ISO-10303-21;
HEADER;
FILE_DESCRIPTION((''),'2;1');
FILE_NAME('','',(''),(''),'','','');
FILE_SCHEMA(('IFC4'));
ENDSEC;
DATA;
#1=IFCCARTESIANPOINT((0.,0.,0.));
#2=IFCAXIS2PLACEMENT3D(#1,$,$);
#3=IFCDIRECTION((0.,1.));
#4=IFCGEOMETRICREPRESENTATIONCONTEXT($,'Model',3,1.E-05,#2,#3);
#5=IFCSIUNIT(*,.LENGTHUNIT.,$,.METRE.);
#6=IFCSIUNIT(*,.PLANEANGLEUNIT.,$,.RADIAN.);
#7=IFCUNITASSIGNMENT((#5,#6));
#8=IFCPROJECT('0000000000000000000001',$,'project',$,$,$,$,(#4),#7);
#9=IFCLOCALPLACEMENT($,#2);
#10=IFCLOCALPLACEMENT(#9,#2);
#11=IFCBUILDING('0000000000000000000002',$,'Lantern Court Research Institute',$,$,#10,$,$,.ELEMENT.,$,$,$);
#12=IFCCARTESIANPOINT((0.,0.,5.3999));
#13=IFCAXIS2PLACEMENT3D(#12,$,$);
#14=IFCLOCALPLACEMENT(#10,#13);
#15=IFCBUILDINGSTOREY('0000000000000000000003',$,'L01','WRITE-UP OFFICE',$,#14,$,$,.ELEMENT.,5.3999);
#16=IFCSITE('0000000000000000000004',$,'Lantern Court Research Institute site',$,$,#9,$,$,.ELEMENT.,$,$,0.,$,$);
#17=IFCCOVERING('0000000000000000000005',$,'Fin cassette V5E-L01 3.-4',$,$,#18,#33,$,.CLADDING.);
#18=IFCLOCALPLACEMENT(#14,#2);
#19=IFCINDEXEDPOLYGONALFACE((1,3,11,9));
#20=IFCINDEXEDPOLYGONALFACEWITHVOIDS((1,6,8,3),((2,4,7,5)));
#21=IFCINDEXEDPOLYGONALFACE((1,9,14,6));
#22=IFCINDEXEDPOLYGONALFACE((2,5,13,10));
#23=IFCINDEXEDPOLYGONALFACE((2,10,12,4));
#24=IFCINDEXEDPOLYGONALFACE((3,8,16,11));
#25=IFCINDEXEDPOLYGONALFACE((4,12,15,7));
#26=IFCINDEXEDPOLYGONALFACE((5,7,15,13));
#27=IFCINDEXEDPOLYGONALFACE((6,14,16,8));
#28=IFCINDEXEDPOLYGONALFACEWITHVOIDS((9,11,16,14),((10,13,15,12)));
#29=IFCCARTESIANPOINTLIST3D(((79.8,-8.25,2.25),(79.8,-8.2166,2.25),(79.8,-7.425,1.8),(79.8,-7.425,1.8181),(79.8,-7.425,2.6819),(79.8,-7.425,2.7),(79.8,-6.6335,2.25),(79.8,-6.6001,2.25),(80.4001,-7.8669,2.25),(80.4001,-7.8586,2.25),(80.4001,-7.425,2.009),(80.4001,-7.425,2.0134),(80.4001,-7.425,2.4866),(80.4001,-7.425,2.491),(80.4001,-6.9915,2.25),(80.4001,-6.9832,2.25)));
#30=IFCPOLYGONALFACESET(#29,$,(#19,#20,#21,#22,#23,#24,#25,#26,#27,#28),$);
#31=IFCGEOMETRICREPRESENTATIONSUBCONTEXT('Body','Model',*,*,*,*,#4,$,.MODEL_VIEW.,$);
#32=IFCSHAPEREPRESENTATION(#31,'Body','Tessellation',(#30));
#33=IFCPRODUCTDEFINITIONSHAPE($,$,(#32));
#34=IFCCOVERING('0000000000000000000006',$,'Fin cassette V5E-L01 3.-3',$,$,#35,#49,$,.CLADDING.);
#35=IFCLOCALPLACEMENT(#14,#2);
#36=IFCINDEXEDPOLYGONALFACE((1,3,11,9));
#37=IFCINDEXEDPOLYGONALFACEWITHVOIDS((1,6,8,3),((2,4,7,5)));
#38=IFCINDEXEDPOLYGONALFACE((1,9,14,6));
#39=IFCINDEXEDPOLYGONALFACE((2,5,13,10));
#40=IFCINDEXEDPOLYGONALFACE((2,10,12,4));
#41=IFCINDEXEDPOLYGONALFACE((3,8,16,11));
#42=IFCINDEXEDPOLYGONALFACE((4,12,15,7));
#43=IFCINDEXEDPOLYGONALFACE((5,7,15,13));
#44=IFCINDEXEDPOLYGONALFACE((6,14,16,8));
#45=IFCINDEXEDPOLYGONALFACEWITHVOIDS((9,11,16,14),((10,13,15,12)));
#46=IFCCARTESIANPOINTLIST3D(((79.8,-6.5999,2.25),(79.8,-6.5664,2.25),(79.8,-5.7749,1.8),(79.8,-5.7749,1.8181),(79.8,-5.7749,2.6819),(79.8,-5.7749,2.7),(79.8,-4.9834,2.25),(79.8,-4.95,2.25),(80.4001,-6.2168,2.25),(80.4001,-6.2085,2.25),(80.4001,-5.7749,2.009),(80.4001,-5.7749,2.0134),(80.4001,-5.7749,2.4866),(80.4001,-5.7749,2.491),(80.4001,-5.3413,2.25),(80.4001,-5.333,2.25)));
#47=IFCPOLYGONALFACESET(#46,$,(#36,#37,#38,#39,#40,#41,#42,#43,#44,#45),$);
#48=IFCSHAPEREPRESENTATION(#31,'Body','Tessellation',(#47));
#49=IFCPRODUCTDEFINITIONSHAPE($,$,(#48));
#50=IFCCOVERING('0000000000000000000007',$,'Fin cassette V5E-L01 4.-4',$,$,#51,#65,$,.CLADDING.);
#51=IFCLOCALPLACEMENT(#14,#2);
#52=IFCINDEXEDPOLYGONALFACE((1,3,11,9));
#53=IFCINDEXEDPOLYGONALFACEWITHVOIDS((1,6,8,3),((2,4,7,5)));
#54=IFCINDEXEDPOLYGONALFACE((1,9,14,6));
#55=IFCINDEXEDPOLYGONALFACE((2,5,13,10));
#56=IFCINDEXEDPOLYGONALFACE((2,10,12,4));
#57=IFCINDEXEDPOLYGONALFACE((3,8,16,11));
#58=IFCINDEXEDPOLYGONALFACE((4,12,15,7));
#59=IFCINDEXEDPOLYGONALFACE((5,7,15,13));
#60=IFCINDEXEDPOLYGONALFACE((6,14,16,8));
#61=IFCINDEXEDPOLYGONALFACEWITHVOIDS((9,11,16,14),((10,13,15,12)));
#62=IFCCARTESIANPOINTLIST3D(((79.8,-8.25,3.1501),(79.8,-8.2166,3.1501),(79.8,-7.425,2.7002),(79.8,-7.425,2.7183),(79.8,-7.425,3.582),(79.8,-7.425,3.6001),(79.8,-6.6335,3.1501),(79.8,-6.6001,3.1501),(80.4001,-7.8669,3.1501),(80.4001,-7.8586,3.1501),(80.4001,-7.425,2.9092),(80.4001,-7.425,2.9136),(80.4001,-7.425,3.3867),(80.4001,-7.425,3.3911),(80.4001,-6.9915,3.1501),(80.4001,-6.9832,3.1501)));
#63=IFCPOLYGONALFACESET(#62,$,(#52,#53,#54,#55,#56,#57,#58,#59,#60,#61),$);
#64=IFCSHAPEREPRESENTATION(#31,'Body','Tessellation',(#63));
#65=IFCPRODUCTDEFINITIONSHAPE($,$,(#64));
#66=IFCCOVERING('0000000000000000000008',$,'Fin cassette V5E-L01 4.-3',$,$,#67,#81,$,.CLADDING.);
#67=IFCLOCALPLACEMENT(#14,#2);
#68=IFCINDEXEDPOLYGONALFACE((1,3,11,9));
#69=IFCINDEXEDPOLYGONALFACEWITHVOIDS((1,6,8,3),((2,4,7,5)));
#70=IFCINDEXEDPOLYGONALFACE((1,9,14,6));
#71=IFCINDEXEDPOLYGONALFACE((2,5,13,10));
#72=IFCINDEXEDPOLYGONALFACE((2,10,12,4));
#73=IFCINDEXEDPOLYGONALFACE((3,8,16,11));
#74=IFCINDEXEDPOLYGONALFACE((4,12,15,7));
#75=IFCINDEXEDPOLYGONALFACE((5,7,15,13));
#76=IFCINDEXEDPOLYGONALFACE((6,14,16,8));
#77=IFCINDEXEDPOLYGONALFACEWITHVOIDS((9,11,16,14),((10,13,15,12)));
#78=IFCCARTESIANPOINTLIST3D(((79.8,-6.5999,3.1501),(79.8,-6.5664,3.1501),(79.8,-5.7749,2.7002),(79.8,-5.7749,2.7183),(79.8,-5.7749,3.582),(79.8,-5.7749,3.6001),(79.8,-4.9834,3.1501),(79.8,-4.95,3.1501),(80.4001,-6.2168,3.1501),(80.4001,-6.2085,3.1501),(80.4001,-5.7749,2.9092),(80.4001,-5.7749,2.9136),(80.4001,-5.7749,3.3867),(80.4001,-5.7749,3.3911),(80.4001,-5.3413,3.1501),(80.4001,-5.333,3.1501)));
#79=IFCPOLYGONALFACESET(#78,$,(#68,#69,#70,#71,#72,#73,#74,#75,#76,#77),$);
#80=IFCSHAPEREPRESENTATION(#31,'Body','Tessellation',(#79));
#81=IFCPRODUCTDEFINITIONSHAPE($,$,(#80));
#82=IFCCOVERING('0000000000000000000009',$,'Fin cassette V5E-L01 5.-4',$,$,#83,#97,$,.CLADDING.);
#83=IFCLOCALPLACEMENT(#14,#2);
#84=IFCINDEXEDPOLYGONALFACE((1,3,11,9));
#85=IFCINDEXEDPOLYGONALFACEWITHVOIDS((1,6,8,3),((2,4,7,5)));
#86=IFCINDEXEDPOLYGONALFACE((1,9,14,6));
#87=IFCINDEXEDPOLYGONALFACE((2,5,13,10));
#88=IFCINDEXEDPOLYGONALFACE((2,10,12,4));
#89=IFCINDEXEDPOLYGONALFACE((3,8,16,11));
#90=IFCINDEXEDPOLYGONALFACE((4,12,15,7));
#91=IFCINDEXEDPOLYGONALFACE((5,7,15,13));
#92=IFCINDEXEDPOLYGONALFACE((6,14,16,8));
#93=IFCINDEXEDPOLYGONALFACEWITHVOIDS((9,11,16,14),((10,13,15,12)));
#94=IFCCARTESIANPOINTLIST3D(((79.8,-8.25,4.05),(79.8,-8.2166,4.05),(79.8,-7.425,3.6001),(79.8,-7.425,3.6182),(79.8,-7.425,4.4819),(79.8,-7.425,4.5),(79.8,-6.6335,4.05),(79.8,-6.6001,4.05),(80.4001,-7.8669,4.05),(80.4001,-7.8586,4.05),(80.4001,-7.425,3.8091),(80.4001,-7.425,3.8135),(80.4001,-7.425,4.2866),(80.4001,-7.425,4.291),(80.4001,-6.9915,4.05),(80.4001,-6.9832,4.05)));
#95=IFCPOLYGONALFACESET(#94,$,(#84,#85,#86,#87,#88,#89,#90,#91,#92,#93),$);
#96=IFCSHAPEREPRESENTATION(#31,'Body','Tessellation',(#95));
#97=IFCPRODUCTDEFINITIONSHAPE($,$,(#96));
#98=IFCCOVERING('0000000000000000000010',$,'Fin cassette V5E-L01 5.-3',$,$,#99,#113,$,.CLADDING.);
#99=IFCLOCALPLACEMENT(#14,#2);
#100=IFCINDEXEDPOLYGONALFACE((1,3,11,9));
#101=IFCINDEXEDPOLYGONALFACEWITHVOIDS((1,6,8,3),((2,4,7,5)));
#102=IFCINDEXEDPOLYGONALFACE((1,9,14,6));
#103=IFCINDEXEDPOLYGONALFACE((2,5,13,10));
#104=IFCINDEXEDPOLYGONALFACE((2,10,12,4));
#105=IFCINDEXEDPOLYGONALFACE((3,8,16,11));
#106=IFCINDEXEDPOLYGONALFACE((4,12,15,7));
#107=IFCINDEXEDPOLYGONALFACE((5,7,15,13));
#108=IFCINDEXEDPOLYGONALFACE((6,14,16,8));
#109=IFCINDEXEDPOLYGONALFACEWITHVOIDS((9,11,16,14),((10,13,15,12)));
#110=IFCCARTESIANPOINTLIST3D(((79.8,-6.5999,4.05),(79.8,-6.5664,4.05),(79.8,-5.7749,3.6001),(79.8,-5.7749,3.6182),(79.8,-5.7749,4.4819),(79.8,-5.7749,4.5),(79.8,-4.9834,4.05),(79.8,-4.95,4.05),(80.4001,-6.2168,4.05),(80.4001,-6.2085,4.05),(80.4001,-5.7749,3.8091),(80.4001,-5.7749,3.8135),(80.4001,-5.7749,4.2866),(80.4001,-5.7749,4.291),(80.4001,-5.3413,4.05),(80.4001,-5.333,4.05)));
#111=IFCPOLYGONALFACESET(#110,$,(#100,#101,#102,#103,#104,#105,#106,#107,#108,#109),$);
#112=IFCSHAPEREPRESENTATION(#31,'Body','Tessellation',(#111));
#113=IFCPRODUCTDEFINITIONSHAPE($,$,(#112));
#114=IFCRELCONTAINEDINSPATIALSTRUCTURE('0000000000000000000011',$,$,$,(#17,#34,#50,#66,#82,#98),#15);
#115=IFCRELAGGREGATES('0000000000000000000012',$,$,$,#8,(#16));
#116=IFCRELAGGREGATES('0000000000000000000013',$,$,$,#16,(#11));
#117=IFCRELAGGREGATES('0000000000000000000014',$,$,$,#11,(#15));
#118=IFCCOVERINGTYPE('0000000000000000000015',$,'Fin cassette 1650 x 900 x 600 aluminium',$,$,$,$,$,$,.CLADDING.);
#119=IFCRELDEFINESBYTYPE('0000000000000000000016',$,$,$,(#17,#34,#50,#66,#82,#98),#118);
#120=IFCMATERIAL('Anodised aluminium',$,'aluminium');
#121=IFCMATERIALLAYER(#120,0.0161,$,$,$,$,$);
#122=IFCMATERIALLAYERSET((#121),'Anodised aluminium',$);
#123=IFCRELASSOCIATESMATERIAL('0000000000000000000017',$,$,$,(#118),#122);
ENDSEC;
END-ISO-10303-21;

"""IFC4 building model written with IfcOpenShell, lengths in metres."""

from ifc_helpers import new_model, entity, si_unit, direction, frame, origin, place, context, subcontext, project, spatial, material, layer, layer_set, type_object, element, save


model = new_model("IFC4")

# Units and contexts
model_context = context("Model", 3, precision=1e-05, world=origin(), true_north=direction((0.0, 1.0)))
body_context = subcontext(model_context, "Body", "Model", "MODEL_VIEW")
ifc_project = project(units=[si_unit("LENGTHUNIT", "METRE"), si_unit("PLANEANGLEUNIT", "RADIAN")], contexts=[model_context])

# Site, building, storey
site_placement = place(None, origin())
site = spatial("IfcSite", under=ifc_project, at=site_placement, Name="Lantern Court Research Institute site", CompositionType="ELEMENT", RefElevation=0.0)
building_placement = place(site_placement, origin())
building = spatial("IfcBuilding", under=site, at=building_placement, Name="Lantern Court Research Institute", CompositionType="ELEMENT")
storey_placement = place(building_placement, frame((0.0, 0.0, 5.3999)))
storey = spatial("IfcBuildingStorey", under=building, at=storey_placement, Name="L01", Description="WRITE-UP OFFICE", CompositionType="ELEMENT", Elevation=5.3999)

# Coverings
ifc_material_1 = material(Name="Anodised aluminium", Category="aluminium")
ifc_layer_1 = layer(ifc_material_1, 0.0161)
ifc_layer_set_1 = layer_set([ifc_layer_1], Name="Anodised aluminium")
covering_type = type_object("IfcCoveringType", Name="Fin cassette 1650 x 900 x 600 aluminium", PredefinedType="CLADDING", material=ifc_layer_set_1)
covering_1_placement = place(storey_placement, frame((79.8, -7.425, 2.25), z_axis=(1.0, 0.0, 0.0), x_axis=(0.0, 1.0, 0.0)))
cartesian_point_1 = entity("IfcCartesianPoint", [0.825, 0.0])
cartesian_point_2 = entity("IfcCartesianPoint", [0.7915, 0.0])
cartesian_point_3 = entity("IfcCartesianPoint", [0.4419, 0.0])
cartesian_point_4 = entity("IfcCartesianPoint", [0.4336, 0.0])
element("IfcCovering", 1, at=covering_1_placement, inside=storey, type_object=covering_type, Name="Fin cassette V5E-L01 3.-4", PredefinedType="CLADDING", context=body_context, shape_type="SweptSolid", body=[
    entity("IfcExtrudedAreaSolidTapered", entity("IfcArbitraryProfileDefWithVoids", "AREA", None, entity("IfcPolyline", [cartesian_point_1, entity("IfcCartesianPoint", [0.0, 0.45]), entity("IfcCartesianPoint", [-0.825, 0.0]), entity("IfcCartesianPoint", [0.0, -0.45]), cartesian_point_1]), [entity("IfcPolyline", [cartesian_point_2, entity("IfcCartesianPoint", [0.0, 0.4319]), entity("IfcCartesianPoint", [-0.7915, 0.0]), entity("IfcCartesianPoint", [0.0, -0.4319]), cartesian_point_2])]), entity("IfcAxis2Placement3D", entity("IfcCartesianPoint", [0.0, 0.0, 0.0])), entity("IfcDirection", [0.0, 0.0, 1.0]), 0.6001, entity("IfcArbitraryProfileDefWithVoids", "AREA", None, entity("IfcPolyline", [cartesian_point_3, entity("IfcCartesianPoint", [0.0, 0.241]), entity("IfcCartesianPoint", [-0.4419, 0.0]), entity("IfcCartesianPoint", [0.0, -0.241]), cartesian_point_3]), [entity("IfcPolyline", [cartesian_point_4, entity("IfcCartesianPoint", [0.0, 0.2366]), entity("IfcCartesianPoint", [-0.4336, 0.0]), entity("IfcCartesianPoint", [0.0, -0.2366]), cartesian_point_4])])),
])
covering_2_placement = place(storey_placement, frame((79.8, -5.7749, 2.25), z_axis=(1.0, 0.0, 0.0), x_axis=(0.0, 1.0, 0.0)))
cartesian_point_5 = entity("IfcCartesianPoint", [0.825, 0.0])
cartesian_point_6 = entity("IfcCartesianPoint", [0.7915, 0.0])
cartesian_point_7 = entity("IfcCartesianPoint", [0.4419, 0.0])
cartesian_point_8 = entity("IfcCartesianPoint", [0.4336, 0.0])
element("IfcCovering", 2, at=covering_2_placement, inside=storey, type_object=covering_type, Name="Fin cassette V5E-L01 3.-3", PredefinedType="CLADDING", context=body_context, shape_type="SweptSolid", body=[
    entity("IfcExtrudedAreaSolidTapered", entity("IfcArbitraryProfileDefWithVoids", "AREA", None, entity("IfcPolyline", [cartesian_point_5, entity("IfcCartesianPoint", [0.0, 0.45]), entity("IfcCartesianPoint", [-0.825, 0.0]), entity("IfcCartesianPoint", [0.0, -0.45]), cartesian_point_5]), [entity("IfcPolyline", [cartesian_point_6, entity("IfcCartesianPoint", [0.0, 0.4319]), entity("IfcCartesianPoint", [-0.7915, 0.0]), entity("IfcCartesianPoint", [0.0, -0.4319]), cartesian_point_6])]), entity("IfcAxis2Placement3D", entity("IfcCartesianPoint", [0.0, 0.0, 0.0])), entity("IfcDirection", [0.0, 0.0, 1.0]), 0.6001, entity("IfcArbitraryProfileDefWithVoids", "AREA", None, entity("IfcPolyline", [cartesian_point_7, entity("IfcCartesianPoint", [0.0, 0.241]), entity("IfcCartesianPoint", [-0.4419, 0.0]), entity("IfcCartesianPoint", [0.0, -0.241]), cartesian_point_7]), [entity("IfcPolyline", [cartesian_point_8, entity("IfcCartesianPoint", [0.0, 0.2366]), entity("IfcCartesianPoint", [-0.4336, 0.0]), entity("IfcCartesianPoint", [0.0, -0.2366]), cartesian_point_8])])),
])
covering_3_placement = place(storey_placement, frame((79.8, -7.425, 3.1501), z_axis=(1.0, 0.0, 0.0), x_axis=(0.0, 1.0, 0.0)))
cartesian_point_9 = entity("IfcCartesianPoint", [0.825, 0.0])
cartesian_point_10 = entity("IfcCartesianPoint", [0.7915, 0.0])
cartesian_point_11 = entity("IfcCartesianPoint", [0.4419, 0.0])
cartesian_point_12 = entity("IfcCartesianPoint", [0.4336, 0.0])
element("IfcCovering", 3, at=covering_3_placement, inside=storey, type_object=covering_type, Name="Fin cassette V5E-L01 4.-4", PredefinedType="CLADDING", context=body_context, shape_type="SweptSolid", body=[
    entity("IfcExtrudedAreaSolidTapered", entity("IfcArbitraryProfileDefWithVoids", "AREA", None, entity("IfcPolyline", [cartesian_point_9, entity("IfcCartesianPoint", [0.0, 0.45]), entity("IfcCartesianPoint", [-0.825, 0.0]), entity("IfcCartesianPoint", [0.0, -0.45]), cartesian_point_9]), [entity("IfcPolyline", [cartesian_point_10, entity("IfcCartesianPoint", [0.0, 0.4319]), entity("IfcCartesianPoint", [-0.7915, 0.0]), entity("IfcCartesianPoint", [0.0, -0.4319]), cartesian_point_10])]), entity("IfcAxis2Placement3D", entity("IfcCartesianPoint", [0.0, 0.0, 0.0])), entity("IfcDirection", [0.0, 0.0, 1.0]), 0.6001, entity("IfcArbitraryProfileDefWithVoids", "AREA", None, entity("IfcPolyline", [cartesian_point_11, entity("IfcCartesianPoint", [0.0, 0.241]), entity("IfcCartesianPoint", [-0.4419, 0.0]), entity("IfcCartesianPoint", [0.0, -0.241]), cartesian_point_11]), [entity("IfcPolyline", [cartesian_point_12, entity("IfcCartesianPoint", [0.0, 0.2366]), entity("IfcCartesianPoint", [-0.4336, 0.0]), entity("IfcCartesianPoint", [0.0, -0.2366]), cartesian_point_12])])),
])
covering_4_placement = place(storey_placement, frame((79.8, -5.7749, 3.1501), z_axis=(1.0, 0.0, 0.0), x_axis=(0.0, 1.0, 0.0)))
cartesian_point_13 = entity("IfcCartesianPoint", [0.825, 0.0])
cartesian_point_14 = entity("IfcCartesianPoint", [0.7915, 0.0])
cartesian_point_15 = entity("IfcCartesianPoint", [0.4419, 0.0])
cartesian_point_16 = entity("IfcCartesianPoint", [0.4336, 0.0])
element("IfcCovering", 4, at=covering_4_placement, inside=storey, type_object=covering_type, Name="Fin cassette V5E-L01 4.-3", PredefinedType="CLADDING", context=body_context, shape_type="SweptSolid", body=[
    entity("IfcExtrudedAreaSolidTapered", entity("IfcArbitraryProfileDefWithVoids", "AREA", None, entity("IfcPolyline", [cartesian_point_13, entity("IfcCartesianPoint", [0.0, 0.45]), entity("IfcCartesianPoint", [-0.825, 0.0]), entity("IfcCartesianPoint", [0.0, -0.45]), cartesian_point_13]), [entity("IfcPolyline", [cartesian_point_14, entity("IfcCartesianPoint", [0.0, 0.4319]), entity("IfcCartesianPoint", [-0.7915, 0.0]), entity("IfcCartesianPoint", [0.0, -0.4319]), cartesian_point_14])]), entity("IfcAxis2Placement3D", entity("IfcCartesianPoint", [0.0, 0.0, 0.0])), entity("IfcDirection", [0.0, 0.0, 1.0]), 0.6001, entity("IfcArbitraryProfileDefWithVoids", "AREA", None, entity("IfcPolyline", [cartesian_point_15, entity("IfcCartesianPoint", [0.0, 0.241]), entity("IfcCartesianPoint", [-0.4419, 0.0]), entity("IfcCartesianPoint", [0.0, -0.241]), cartesian_point_15]), [entity("IfcPolyline", [cartesian_point_16, entity("IfcCartesianPoint", [0.0, 0.2366]), entity("IfcCartesianPoint", [-0.4336, 0.0]), entity("IfcCartesianPoint", [0.0, -0.2366]), cartesian_point_16])])),
])
covering_5_placement = place(storey_placement, frame((79.8, -7.425, 4.05), z_axis=(1.0, 0.0, 0.0), x_axis=(0.0, 1.0, 0.0)))
cartesian_point_17 = entity("IfcCartesianPoint", [0.825, 0.0])
cartesian_point_18 = entity("IfcCartesianPoint", [0.7915, 0.0])
cartesian_point_19 = entity("IfcCartesianPoint", [0.4419, 0.0])
cartesian_point_20 = entity("IfcCartesianPoint", [0.4336, 0.0])
element("IfcCovering", 5, at=covering_5_placement, inside=storey, type_object=covering_type, Name="Fin cassette V5E-L01 5.-4", PredefinedType="CLADDING", context=body_context, shape_type="SweptSolid", body=[
    entity("IfcExtrudedAreaSolidTapered", entity("IfcArbitraryProfileDefWithVoids", "AREA", None, entity("IfcPolyline", [cartesian_point_17, entity("IfcCartesianPoint", [0.0, 0.45]), entity("IfcCartesianPoint", [-0.825, 0.0]), entity("IfcCartesianPoint", [0.0, -0.45]), cartesian_point_17]), [entity("IfcPolyline", [cartesian_point_18, entity("IfcCartesianPoint", [0.0, 0.4319]), entity("IfcCartesianPoint", [-0.7915, 0.0]), entity("IfcCartesianPoint", [0.0, -0.4319]), cartesian_point_18])]), entity("IfcAxis2Placement3D", entity("IfcCartesianPoint", [0.0, 0.0, 0.0])), entity("IfcDirection", [0.0, 0.0, 1.0]), 0.6001, entity("IfcArbitraryProfileDefWithVoids", "AREA", None, entity("IfcPolyline", [cartesian_point_19, entity("IfcCartesianPoint", [0.0, 0.241]), entity("IfcCartesianPoint", [-0.4419, 0.0]), entity("IfcCartesianPoint", [0.0, -0.241]), cartesian_point_19]), [entity("IfcPolyline", [cartesian_point_20, entity("IfcCartesianPoint", [0.0, 0.2366]), entity("IfcCartesianPoint", [-0.4336, 0.0]), entity("IfcCartesianPoint", [0.0, -0.2366]), cartesian_point_20])])),
])
covering_6_placement = place(storey_placement, frame((79.8, -5.7749, 4.05), z_axis=(1.0, 0.0, 0.0), x_axis=(0.0, 1.0, 0.0)))
cartesian_point_21 = entity("IfcCartesianPoint", [0.825, 0.0])
cartesian_point_22 = entity("IfcCartesianPoint", [0.7915, 0.0])
cartesian_point_23 = entity("IfcCartesianPoint", [0.4419, 0.0])
cartesian_point_24 = entity("IfcCartesianPoint", [0.4336, 0.0])
element("IfcCovering", 6, at=covering_6_placement, inside=storey, type_object=covering_type, Name="Fin cassette V5E-L01 5.-3", PredefinedType="CLADDING", context=body_context, shape_type="SweptSolid", body=[
    entity("IfcExtrudedAreaSolidTapered", entity("IfcArbitraryProfileDefWithVoids", "AREA", None, entity("IfcPolyline", [cartesian_point_21, entity("IfcCartesianPoint", [0.0, 0.45]), entity("IfcCartesianPoint", [-0.825, 0.0]), entity("IfcCartesianPoint", [0.0, -0.45]), cartesian_point_21]), [entity("IfcPolyline", [cartesian_point_22, entity("IfcCartesianPoint", [0.0, 0.4319]), entity("IfcCartesianPoint", [-0.7915, 0.0]), entity("IfcCartesianPoint", [0.0, -0.4319]), cartesian_point_22])]), entity("IfcAxis2Placement3D", entity("IfcCartesianPoint", [0.0, 0.0, 0.0])), entity("IfcDirection", [0.0, 0.0, 1.0]), 0.6001, entity("IfcArbitraryProfileDefWithVoids", "AREA", None, entity("IfcPolyline", [cartesian_point_23, entity("IfcCartesianPoint", [0.0, 0.241]), entity("IfcCartesianPoint", [-0.4419, 0.0]), entity("IfcCartesianPoint", [0.0, -0.241]), cartesian_point_23]), [entity("IfcPolyline", [cartesian_point_24, entity("IfcCartesianPoint", [0.0, 0.2366]), entity("IfcCartesianPoint", [-0.4336, 0.0]), entity("IfcCartesianPoint", [0.0, -0.2366]), cartesian_point_24])])),
])

save(model, "model.ifc")
